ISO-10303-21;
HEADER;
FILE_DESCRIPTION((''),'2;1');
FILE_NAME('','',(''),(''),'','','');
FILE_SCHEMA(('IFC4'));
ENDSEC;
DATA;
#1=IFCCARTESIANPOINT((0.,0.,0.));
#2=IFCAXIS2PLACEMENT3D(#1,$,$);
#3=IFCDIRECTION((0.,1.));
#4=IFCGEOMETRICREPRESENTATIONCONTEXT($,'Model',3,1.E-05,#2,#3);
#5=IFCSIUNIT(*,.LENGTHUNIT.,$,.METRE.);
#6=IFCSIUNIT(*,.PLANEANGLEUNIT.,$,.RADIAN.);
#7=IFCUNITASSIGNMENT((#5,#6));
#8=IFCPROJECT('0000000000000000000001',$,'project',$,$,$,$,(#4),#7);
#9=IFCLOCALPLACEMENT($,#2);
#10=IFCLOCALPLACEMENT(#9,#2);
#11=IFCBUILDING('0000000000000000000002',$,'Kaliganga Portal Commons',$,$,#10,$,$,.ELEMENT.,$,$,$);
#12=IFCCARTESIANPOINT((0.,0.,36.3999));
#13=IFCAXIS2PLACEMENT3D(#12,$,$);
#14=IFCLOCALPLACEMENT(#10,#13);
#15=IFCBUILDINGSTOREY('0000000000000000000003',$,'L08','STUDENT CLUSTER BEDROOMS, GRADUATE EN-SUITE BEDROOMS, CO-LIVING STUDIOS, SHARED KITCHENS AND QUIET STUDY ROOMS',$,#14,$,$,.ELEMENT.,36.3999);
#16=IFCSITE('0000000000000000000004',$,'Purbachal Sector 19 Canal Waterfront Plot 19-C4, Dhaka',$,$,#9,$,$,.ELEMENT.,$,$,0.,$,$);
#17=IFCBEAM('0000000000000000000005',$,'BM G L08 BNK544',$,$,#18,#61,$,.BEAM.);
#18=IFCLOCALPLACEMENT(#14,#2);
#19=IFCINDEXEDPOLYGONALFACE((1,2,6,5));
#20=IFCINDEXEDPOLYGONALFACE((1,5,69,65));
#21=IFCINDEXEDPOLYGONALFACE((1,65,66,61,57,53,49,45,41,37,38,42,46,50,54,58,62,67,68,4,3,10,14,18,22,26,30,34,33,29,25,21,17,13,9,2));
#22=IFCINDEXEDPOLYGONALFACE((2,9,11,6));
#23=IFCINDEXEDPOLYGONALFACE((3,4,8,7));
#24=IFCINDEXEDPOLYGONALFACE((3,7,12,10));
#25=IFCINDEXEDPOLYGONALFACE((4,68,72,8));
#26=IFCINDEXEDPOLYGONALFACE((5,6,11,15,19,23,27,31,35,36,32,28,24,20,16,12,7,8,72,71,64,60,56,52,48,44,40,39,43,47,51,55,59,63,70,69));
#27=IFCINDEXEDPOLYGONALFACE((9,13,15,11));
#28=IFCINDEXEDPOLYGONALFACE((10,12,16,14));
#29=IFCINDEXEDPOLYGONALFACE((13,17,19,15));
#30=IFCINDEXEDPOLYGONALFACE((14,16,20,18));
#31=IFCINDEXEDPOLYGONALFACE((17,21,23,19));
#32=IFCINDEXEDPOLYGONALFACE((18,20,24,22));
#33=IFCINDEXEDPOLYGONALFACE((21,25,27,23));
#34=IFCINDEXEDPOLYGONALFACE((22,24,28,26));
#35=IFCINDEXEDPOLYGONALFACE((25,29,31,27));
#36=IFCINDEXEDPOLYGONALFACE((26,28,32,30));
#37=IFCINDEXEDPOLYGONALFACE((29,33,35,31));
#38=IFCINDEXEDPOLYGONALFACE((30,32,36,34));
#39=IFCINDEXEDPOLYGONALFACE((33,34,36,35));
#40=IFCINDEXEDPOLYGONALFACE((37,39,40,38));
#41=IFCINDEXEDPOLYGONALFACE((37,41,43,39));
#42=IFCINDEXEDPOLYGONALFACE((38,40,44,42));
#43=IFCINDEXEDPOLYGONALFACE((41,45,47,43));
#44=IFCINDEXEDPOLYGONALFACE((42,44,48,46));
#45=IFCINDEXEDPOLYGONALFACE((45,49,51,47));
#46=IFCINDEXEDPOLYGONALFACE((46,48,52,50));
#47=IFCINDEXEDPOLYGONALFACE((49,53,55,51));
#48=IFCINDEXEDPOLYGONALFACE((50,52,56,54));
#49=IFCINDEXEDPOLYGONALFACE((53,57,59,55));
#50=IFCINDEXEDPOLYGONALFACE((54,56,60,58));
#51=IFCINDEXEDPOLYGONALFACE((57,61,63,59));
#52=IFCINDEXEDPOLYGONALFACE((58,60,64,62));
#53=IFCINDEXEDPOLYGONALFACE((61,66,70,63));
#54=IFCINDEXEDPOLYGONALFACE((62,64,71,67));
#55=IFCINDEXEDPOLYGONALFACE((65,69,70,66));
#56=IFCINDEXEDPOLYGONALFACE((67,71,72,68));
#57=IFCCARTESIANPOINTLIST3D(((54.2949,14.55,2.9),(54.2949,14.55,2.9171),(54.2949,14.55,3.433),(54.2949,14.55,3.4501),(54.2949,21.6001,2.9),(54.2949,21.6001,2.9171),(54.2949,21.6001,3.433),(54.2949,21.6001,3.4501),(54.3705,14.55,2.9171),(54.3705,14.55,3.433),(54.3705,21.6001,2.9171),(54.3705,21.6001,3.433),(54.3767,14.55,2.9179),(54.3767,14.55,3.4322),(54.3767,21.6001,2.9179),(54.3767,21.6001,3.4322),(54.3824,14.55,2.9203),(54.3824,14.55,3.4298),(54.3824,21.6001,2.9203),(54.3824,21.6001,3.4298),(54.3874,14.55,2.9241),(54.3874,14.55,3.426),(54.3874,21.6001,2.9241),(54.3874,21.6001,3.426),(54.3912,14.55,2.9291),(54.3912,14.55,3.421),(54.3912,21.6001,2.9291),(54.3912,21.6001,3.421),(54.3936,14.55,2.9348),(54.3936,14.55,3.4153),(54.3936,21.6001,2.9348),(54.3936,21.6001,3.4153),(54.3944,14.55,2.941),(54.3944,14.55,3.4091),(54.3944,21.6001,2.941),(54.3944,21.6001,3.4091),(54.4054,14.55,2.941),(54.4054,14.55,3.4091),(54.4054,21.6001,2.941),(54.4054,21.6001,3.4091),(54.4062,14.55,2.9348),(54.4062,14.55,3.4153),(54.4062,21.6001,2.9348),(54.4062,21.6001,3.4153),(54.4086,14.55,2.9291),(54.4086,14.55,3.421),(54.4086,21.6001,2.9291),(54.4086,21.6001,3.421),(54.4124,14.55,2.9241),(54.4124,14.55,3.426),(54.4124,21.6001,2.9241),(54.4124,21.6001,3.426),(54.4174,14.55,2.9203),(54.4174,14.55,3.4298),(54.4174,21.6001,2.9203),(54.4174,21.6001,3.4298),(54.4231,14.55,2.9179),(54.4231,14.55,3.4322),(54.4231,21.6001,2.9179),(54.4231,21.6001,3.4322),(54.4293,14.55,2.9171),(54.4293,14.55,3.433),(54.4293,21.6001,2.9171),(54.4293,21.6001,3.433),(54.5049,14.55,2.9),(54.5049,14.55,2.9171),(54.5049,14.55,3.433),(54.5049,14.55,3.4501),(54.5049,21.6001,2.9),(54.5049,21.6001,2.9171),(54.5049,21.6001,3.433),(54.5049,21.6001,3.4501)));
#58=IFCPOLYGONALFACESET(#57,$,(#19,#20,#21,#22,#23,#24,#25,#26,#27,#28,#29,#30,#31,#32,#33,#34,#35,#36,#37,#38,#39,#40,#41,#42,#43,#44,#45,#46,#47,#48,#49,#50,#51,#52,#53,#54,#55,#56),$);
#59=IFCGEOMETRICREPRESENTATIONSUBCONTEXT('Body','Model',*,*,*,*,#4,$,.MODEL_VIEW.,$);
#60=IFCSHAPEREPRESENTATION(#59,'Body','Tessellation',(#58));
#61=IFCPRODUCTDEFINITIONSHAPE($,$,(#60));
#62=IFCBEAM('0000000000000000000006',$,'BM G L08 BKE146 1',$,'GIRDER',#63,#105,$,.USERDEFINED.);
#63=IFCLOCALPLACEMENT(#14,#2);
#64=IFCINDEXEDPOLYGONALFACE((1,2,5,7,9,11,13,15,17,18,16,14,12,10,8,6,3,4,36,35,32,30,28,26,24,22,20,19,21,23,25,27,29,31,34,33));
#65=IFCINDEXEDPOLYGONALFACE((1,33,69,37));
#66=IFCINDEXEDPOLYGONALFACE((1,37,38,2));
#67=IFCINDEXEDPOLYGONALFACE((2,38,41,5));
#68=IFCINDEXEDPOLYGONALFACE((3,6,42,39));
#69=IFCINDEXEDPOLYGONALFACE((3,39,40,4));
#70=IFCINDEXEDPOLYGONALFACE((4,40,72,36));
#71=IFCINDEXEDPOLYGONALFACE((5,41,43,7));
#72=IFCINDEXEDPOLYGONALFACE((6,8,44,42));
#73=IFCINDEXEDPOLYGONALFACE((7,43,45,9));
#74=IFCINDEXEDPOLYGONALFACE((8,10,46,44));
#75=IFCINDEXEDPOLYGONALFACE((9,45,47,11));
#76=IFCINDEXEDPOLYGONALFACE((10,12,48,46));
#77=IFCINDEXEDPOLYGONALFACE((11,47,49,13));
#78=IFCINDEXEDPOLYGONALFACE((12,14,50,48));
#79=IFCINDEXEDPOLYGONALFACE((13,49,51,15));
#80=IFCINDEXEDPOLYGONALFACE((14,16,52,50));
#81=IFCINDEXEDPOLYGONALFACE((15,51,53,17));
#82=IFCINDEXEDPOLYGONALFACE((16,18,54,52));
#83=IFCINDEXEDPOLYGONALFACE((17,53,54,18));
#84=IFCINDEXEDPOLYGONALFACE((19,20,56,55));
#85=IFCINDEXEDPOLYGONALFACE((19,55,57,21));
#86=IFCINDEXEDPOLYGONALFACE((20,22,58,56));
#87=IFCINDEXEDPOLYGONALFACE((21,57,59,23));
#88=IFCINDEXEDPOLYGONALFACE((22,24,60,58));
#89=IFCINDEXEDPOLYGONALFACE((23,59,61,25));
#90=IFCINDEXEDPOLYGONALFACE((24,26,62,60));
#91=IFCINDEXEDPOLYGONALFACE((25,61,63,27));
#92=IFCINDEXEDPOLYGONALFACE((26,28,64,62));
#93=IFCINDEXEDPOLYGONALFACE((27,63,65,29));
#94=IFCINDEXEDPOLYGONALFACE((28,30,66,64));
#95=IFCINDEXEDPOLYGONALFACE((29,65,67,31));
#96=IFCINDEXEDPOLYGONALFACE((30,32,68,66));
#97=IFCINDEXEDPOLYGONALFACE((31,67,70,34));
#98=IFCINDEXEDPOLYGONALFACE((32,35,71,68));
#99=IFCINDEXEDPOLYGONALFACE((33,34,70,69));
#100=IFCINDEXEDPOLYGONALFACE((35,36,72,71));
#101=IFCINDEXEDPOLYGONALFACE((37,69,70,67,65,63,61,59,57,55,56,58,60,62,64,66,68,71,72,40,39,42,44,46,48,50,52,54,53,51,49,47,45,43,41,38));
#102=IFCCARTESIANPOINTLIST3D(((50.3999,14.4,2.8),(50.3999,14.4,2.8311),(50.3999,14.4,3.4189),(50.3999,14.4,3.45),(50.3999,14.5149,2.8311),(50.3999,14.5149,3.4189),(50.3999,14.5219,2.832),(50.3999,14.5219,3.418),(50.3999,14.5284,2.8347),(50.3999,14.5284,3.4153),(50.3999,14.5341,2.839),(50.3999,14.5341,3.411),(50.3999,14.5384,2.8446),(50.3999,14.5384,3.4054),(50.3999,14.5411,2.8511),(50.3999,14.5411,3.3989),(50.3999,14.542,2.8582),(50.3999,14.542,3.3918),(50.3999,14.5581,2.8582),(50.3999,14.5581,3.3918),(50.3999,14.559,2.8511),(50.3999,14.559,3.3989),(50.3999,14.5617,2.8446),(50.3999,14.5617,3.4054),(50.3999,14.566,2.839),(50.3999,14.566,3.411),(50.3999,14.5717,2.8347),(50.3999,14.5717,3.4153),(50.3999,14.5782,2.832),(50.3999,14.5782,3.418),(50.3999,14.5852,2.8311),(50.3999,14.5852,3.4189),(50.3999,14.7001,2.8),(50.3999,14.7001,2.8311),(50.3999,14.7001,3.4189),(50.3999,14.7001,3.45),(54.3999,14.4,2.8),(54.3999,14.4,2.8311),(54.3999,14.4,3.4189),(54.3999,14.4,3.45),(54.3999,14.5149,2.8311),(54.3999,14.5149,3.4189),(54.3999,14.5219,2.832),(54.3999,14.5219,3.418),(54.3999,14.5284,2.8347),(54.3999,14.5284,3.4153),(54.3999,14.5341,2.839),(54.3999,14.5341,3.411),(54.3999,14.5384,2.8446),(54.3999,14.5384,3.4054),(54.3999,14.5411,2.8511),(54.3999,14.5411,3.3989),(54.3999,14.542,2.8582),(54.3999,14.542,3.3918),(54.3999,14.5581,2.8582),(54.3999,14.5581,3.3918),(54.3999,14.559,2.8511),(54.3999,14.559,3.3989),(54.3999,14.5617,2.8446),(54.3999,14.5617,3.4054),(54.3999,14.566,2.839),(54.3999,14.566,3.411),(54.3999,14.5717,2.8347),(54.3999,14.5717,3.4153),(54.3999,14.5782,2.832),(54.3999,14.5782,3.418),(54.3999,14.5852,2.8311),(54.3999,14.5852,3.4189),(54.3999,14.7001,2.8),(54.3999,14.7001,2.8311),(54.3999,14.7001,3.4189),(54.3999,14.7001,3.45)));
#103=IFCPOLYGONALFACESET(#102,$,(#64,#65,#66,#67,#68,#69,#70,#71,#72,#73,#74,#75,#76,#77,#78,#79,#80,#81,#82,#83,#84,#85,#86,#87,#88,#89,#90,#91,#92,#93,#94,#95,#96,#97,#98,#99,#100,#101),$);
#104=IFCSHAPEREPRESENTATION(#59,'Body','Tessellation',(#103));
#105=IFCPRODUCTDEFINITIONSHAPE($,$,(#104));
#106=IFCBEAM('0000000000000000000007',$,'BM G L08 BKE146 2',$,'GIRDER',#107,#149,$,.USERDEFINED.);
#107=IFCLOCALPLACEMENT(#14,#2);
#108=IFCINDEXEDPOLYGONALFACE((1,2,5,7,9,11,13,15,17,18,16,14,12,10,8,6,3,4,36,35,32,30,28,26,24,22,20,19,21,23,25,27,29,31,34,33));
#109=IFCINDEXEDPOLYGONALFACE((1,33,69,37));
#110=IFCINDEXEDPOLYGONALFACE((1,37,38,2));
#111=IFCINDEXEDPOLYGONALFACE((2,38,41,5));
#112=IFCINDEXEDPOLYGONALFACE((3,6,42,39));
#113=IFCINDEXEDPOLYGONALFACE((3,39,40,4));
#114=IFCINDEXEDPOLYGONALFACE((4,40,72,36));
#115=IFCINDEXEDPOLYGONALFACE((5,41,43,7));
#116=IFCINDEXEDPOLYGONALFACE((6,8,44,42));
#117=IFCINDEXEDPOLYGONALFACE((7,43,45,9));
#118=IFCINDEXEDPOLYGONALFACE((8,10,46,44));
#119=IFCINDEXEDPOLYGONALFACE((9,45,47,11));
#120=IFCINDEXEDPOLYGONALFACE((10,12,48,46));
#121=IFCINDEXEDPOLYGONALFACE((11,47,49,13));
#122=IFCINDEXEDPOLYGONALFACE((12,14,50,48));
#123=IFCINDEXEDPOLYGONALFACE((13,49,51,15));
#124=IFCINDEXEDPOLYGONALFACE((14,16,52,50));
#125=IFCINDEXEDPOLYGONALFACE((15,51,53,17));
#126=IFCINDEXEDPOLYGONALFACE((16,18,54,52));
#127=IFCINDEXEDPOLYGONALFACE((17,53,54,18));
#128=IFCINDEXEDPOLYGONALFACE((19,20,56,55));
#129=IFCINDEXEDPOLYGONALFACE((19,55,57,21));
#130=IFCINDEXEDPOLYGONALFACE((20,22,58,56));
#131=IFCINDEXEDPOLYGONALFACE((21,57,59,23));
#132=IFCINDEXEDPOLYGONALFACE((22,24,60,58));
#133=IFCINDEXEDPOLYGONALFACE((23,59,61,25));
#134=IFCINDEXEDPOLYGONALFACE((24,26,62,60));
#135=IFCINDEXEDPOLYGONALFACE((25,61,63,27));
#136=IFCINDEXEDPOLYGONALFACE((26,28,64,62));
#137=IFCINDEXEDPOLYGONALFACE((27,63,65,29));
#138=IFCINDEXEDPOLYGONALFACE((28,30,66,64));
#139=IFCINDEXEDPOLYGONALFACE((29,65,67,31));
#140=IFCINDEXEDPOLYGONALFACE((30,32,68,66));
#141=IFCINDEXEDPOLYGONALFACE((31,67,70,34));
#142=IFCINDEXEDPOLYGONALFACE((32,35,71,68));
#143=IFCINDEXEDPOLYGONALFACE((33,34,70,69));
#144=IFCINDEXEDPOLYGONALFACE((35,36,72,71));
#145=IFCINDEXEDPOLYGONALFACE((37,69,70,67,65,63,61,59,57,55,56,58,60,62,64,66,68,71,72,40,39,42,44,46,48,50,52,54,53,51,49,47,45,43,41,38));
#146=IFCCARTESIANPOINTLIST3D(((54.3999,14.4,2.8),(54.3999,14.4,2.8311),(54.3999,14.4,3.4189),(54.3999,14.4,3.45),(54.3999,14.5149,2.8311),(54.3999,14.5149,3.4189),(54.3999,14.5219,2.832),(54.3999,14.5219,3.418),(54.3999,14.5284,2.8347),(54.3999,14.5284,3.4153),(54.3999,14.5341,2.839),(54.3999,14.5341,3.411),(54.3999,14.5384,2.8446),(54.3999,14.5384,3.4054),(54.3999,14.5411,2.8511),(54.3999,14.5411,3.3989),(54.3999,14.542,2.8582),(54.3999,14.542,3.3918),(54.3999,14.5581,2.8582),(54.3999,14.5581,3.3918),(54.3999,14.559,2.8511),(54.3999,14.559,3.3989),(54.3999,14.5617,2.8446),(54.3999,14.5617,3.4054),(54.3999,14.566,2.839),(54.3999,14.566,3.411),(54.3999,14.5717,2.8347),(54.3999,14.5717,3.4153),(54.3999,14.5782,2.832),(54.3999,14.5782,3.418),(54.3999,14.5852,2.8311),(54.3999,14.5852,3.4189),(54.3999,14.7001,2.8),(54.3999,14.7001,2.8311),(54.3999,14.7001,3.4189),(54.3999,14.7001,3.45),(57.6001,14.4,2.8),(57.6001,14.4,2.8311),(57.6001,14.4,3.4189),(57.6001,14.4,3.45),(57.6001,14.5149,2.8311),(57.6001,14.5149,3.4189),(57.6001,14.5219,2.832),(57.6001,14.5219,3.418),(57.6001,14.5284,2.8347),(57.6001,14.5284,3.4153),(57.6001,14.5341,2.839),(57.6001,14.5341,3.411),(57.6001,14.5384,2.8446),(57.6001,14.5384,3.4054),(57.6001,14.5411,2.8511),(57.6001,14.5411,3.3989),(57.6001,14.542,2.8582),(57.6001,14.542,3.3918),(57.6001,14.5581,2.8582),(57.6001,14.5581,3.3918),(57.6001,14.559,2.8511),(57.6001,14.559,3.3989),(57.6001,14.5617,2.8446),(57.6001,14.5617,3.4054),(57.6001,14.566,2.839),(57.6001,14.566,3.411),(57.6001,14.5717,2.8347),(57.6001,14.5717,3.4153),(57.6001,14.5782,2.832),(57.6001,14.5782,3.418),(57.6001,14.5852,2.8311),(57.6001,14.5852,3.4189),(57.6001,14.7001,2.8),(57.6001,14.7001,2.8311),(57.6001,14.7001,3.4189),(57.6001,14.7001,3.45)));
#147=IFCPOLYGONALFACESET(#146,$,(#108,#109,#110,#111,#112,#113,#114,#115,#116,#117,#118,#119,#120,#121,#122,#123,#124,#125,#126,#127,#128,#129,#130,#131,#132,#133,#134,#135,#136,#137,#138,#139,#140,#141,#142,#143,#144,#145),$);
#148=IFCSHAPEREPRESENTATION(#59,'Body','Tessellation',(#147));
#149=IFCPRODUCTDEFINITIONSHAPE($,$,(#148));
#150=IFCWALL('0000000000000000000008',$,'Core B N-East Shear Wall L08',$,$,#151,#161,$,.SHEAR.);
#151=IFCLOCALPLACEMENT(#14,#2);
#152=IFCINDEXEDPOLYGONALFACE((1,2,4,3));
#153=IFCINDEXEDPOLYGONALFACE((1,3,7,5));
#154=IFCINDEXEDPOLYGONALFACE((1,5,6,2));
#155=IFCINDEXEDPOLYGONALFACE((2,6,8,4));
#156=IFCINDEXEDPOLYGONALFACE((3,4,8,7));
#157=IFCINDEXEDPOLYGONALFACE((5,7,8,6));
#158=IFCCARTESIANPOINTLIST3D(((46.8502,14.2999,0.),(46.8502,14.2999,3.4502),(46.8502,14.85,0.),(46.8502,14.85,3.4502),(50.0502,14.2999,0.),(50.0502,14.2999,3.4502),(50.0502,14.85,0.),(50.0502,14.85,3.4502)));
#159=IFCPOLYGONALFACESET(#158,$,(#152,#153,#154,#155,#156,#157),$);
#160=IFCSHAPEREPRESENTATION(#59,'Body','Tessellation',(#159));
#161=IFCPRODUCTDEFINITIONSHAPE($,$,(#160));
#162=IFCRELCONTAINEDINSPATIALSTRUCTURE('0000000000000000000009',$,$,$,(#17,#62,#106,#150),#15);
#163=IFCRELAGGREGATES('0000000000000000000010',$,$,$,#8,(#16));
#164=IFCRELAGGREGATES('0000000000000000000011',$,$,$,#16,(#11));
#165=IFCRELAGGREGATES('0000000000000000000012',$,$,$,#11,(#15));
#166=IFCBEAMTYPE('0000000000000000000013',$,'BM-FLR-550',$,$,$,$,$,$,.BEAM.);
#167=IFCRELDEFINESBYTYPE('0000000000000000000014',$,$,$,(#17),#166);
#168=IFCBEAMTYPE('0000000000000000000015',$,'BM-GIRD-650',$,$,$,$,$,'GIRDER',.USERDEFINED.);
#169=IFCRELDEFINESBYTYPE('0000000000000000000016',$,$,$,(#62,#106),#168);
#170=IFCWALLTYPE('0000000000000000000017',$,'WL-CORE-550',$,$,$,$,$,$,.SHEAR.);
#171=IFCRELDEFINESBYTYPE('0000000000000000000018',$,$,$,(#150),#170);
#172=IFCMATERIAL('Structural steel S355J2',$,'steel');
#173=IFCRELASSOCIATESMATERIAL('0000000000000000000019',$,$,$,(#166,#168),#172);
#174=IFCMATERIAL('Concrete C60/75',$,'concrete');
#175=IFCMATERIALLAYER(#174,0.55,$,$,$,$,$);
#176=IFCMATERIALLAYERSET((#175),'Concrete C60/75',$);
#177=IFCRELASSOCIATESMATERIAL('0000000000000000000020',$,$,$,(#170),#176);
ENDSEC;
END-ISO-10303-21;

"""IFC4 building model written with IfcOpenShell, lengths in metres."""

from ifc_helpers import new_model, si_unit, direction, frame, frame_2d, origin, origin_2d, place, context, subcontext, project, spatial, rectangle, i_section, extrude, source, transform, mapped, material, layer, layer_set, material_profile, profile_set, type_object, element, save


model = new_model("IFC4")

# Units and contexts
model_context = context("Model", 3, precision=1e-05, world=origin(), true_north=direction((0.0, 1.0)))
body_context = subcontext(model_context, "Body", "Model", "MODEL_VIEW")
ifc_project = project(units=[si_unit("LENGTHUNIT", "METRE"), si_unit("PLANEANGLEUNIT", "RADIAN")], contexts=[model_context])

# Site, building, storey
site_placement = place(None, origin())
site = spatial("IfcSite", under=ifc_project, at=site_placement, Name="Purbachal Sector 19 Canal Waterfront Plot 19-C4, Dhaka", CompositionType="ELEMENT", RefElevation=0.0)
building_placement = place(site_placement, origin())
building = spatial("IfcBuilding", under=site, at=building_placement, Name="Kaliganga Portal Commons", CompositionType="ELEMENT")
storey_placement = place(building_placement, frame((0.0, 0.0, 36.3999)))
storey = spatial("IfcBuildingStorey", under=building, at=storey_placement, Name="L08", Description="STUDENT CLUSTER BEDROOMS, GRADUATE EN-SUITE BEDROOMS, CO-LIVING STUDIOS, SHARED KITCHENS AND QUIET STUDY ROOMS", CompositionType="ELEMENT", Elevation=36.3999)

# Beams
ifc_material_1 = material(Name="Structural steel S355J2", Category="steel")
ifc_material_profile_1 = material_profile(ifc_material_1, i_section(OverallWidth=0.21, OverallDepth=0.55, WebThickness=0.011, FlangeThickness=0.0171, FilletRadius=0.0239, at=origin_2d()), Name="IPE 550")
ifc_profile_set_1 = profile_set([ifc_material_profile_1], Name="Structural steel S355J2 wide-flange")
beam_type_1 = type_object("IfcBeamType", Name="BM-FLR-550", PredefinedType="BEAM", material=ifc_profile_set_1)
shared_shape_1 = source(origin(), body_context, "Body", "SweptSolid", [
    extrude(i_section(OverallWidth=0.21, OverallDepth=0.55, WebThickness=0.011, FlangeThickness=0.0171, FilletRadius=0.0239, at=origin_2d()), origin(), (0.0, 0.0, 1.0), 7.05),
])
for number, where, z_axis, x_axis, name in (
    (1, (54.3999, 14.55, 3.175), (0.0, 1.0, 0.0), (-1.0, 0.0, 0.0), "BM G L08 BNK544"),
):
    element("IfcBeam", number, at=place(storey_placement, frame(where, z_axis=z_axis, x_axis=x_axis)), inside=storey, type_object=beam_type_1, Name=name, PredefinedType="BEAM", context=body_context, shape_type="MappedRepresentation", body=[
        mapped(shared_shape_1, transform((0.0, 0.0, 0.0), x_axis=(1.0, 0.0, 0.0), y_axis=(0.0, 1.0, 0.0), z_axis=(0.0, 0.0, 1.0), scale=1.0)),
    ])
ifc_material_profile_2 = material_profile(ifc_material_1, i_section(OverallWidth=0.3, OverallDepth=0.6499, WebThickness=0.0161, FlangeThickness=0.031, FilletRadius=0.0271, at=origin_2d()), Name="HE 650 B")
ifc_profile_set_2 = profile_set([ifc_material_profile_2], Name="Structural steel S355J2 wide-flange")
beam_type_2 = type_object("IfcBeamType", Name="BM-GIRD-650", ElementType="GIRDER", PredefinedType="USERDEFINED", material=ifc_profile_set_2)
shared_shape_2 = source(origin(), body_context, "Body", "SweptSolid", [
    extrude(i_section(OverallWidth=0.3, OverallDepth=0.6499, WebThickness=0.0161, FlangeThickness=0.031, FilletRadius=0.0271, at=origin_2d()), origin(), (0.0, 0.0, 1.0), 4.0),
])
beam_1_placement = place(storey_placement, frame((50.3999, 14.55, 3.125), z_axis=(1.0, 0.0, 0.0), x_axis=(0.0, 1.0, 0.0)))
element("IfcBeam", 2, at=beam_1_placement, inside=storey, type_object=beam_type_2, Name="BM G L08 BKE146 1", ObjectType="GIRDER", PredefinedType="USERDEFINED", context=body_context, shape_type="MappedRepresentation", body=[
    mapped(shared_shape_2, transform((0.0, 0.0, 0.0), x_axis=(1.0, 0.0, 0.0), y_axis=(0.0, 1.0, 0.0), z_axis=(0.0, 0.0, 1.0), scale=1.0)),
])
shared_shape_3 = source(origin(), body_context, "Body", "SweptSolid", [
    extrude(i_section(OverallWidth=0.3, OverallDepth=0.6499, WebThickness=0.0161, FlangeThickness=0.031, FilletRadius=0.0271, at=origin_2d()), origin(), (0.0, 0.0, 1.0), 3.2002),
])
beam_2_placement = place(storey_placement, frame((54.3999, 14.55, 3.125), z_axis=(1.0, 0.0, 0.0), x_axis=(0.0, 1.0, 0.0)))
element("IfcBeam", 3, at=beam_2_placement, inside=storey, type_object=beam_type_2, Name="BM G L08 BKE146 2", ObjectType="GIRDER", PredefinedType="USERDEFINED", context=body_context, shape_type="MappedRepresentation", body=[
    mapped(shared_shape_3, transform((0.0, 0.0, 0.0), x_axis=(1.0, 0.0, 0.0), y_axis=(0.0, 1.0, 0.0), z_axis=(0.0, 0.0, 1.0), scale=1.0)),
])

# Wall
ifc_material_2 = material(Name="Concrete C60/75", Category="concrete")
ifc_layer_1 = layer(ifc_material_2, 0.55)
ifc_layer_set_1 = layer_set([ifc_layer_1], Name="Concrete C60/75")
wall_type_1 = type_object("IfcWallType", Name="WL-CORE-550", PredefinedType="SHEAR", material=ifc_layer_set_1)
wall_1_placement = place(storey_placement, frame((46.8501, 14.575, 0.0), z_axis=(0.0, 0.0, 1.0), x_axis=(1.0, 0.0, 0.0)))
element("IfcWall", 4, at=wall_1_placement, inside=storey, type_object=wall_type_1, Name="Core B N-East Shear Wall L08", PredefinedType="SHEAR", context=body_context, shape_type="SweptSolid", body=[
    extrude(rectangle(XDim=3.2, YDim=0.55, at=frame_2d((1.6001, 0.0))), origin(), (0.0, 0.0, 1.0), 3.4502),
])

save(model, "model.ifc")
